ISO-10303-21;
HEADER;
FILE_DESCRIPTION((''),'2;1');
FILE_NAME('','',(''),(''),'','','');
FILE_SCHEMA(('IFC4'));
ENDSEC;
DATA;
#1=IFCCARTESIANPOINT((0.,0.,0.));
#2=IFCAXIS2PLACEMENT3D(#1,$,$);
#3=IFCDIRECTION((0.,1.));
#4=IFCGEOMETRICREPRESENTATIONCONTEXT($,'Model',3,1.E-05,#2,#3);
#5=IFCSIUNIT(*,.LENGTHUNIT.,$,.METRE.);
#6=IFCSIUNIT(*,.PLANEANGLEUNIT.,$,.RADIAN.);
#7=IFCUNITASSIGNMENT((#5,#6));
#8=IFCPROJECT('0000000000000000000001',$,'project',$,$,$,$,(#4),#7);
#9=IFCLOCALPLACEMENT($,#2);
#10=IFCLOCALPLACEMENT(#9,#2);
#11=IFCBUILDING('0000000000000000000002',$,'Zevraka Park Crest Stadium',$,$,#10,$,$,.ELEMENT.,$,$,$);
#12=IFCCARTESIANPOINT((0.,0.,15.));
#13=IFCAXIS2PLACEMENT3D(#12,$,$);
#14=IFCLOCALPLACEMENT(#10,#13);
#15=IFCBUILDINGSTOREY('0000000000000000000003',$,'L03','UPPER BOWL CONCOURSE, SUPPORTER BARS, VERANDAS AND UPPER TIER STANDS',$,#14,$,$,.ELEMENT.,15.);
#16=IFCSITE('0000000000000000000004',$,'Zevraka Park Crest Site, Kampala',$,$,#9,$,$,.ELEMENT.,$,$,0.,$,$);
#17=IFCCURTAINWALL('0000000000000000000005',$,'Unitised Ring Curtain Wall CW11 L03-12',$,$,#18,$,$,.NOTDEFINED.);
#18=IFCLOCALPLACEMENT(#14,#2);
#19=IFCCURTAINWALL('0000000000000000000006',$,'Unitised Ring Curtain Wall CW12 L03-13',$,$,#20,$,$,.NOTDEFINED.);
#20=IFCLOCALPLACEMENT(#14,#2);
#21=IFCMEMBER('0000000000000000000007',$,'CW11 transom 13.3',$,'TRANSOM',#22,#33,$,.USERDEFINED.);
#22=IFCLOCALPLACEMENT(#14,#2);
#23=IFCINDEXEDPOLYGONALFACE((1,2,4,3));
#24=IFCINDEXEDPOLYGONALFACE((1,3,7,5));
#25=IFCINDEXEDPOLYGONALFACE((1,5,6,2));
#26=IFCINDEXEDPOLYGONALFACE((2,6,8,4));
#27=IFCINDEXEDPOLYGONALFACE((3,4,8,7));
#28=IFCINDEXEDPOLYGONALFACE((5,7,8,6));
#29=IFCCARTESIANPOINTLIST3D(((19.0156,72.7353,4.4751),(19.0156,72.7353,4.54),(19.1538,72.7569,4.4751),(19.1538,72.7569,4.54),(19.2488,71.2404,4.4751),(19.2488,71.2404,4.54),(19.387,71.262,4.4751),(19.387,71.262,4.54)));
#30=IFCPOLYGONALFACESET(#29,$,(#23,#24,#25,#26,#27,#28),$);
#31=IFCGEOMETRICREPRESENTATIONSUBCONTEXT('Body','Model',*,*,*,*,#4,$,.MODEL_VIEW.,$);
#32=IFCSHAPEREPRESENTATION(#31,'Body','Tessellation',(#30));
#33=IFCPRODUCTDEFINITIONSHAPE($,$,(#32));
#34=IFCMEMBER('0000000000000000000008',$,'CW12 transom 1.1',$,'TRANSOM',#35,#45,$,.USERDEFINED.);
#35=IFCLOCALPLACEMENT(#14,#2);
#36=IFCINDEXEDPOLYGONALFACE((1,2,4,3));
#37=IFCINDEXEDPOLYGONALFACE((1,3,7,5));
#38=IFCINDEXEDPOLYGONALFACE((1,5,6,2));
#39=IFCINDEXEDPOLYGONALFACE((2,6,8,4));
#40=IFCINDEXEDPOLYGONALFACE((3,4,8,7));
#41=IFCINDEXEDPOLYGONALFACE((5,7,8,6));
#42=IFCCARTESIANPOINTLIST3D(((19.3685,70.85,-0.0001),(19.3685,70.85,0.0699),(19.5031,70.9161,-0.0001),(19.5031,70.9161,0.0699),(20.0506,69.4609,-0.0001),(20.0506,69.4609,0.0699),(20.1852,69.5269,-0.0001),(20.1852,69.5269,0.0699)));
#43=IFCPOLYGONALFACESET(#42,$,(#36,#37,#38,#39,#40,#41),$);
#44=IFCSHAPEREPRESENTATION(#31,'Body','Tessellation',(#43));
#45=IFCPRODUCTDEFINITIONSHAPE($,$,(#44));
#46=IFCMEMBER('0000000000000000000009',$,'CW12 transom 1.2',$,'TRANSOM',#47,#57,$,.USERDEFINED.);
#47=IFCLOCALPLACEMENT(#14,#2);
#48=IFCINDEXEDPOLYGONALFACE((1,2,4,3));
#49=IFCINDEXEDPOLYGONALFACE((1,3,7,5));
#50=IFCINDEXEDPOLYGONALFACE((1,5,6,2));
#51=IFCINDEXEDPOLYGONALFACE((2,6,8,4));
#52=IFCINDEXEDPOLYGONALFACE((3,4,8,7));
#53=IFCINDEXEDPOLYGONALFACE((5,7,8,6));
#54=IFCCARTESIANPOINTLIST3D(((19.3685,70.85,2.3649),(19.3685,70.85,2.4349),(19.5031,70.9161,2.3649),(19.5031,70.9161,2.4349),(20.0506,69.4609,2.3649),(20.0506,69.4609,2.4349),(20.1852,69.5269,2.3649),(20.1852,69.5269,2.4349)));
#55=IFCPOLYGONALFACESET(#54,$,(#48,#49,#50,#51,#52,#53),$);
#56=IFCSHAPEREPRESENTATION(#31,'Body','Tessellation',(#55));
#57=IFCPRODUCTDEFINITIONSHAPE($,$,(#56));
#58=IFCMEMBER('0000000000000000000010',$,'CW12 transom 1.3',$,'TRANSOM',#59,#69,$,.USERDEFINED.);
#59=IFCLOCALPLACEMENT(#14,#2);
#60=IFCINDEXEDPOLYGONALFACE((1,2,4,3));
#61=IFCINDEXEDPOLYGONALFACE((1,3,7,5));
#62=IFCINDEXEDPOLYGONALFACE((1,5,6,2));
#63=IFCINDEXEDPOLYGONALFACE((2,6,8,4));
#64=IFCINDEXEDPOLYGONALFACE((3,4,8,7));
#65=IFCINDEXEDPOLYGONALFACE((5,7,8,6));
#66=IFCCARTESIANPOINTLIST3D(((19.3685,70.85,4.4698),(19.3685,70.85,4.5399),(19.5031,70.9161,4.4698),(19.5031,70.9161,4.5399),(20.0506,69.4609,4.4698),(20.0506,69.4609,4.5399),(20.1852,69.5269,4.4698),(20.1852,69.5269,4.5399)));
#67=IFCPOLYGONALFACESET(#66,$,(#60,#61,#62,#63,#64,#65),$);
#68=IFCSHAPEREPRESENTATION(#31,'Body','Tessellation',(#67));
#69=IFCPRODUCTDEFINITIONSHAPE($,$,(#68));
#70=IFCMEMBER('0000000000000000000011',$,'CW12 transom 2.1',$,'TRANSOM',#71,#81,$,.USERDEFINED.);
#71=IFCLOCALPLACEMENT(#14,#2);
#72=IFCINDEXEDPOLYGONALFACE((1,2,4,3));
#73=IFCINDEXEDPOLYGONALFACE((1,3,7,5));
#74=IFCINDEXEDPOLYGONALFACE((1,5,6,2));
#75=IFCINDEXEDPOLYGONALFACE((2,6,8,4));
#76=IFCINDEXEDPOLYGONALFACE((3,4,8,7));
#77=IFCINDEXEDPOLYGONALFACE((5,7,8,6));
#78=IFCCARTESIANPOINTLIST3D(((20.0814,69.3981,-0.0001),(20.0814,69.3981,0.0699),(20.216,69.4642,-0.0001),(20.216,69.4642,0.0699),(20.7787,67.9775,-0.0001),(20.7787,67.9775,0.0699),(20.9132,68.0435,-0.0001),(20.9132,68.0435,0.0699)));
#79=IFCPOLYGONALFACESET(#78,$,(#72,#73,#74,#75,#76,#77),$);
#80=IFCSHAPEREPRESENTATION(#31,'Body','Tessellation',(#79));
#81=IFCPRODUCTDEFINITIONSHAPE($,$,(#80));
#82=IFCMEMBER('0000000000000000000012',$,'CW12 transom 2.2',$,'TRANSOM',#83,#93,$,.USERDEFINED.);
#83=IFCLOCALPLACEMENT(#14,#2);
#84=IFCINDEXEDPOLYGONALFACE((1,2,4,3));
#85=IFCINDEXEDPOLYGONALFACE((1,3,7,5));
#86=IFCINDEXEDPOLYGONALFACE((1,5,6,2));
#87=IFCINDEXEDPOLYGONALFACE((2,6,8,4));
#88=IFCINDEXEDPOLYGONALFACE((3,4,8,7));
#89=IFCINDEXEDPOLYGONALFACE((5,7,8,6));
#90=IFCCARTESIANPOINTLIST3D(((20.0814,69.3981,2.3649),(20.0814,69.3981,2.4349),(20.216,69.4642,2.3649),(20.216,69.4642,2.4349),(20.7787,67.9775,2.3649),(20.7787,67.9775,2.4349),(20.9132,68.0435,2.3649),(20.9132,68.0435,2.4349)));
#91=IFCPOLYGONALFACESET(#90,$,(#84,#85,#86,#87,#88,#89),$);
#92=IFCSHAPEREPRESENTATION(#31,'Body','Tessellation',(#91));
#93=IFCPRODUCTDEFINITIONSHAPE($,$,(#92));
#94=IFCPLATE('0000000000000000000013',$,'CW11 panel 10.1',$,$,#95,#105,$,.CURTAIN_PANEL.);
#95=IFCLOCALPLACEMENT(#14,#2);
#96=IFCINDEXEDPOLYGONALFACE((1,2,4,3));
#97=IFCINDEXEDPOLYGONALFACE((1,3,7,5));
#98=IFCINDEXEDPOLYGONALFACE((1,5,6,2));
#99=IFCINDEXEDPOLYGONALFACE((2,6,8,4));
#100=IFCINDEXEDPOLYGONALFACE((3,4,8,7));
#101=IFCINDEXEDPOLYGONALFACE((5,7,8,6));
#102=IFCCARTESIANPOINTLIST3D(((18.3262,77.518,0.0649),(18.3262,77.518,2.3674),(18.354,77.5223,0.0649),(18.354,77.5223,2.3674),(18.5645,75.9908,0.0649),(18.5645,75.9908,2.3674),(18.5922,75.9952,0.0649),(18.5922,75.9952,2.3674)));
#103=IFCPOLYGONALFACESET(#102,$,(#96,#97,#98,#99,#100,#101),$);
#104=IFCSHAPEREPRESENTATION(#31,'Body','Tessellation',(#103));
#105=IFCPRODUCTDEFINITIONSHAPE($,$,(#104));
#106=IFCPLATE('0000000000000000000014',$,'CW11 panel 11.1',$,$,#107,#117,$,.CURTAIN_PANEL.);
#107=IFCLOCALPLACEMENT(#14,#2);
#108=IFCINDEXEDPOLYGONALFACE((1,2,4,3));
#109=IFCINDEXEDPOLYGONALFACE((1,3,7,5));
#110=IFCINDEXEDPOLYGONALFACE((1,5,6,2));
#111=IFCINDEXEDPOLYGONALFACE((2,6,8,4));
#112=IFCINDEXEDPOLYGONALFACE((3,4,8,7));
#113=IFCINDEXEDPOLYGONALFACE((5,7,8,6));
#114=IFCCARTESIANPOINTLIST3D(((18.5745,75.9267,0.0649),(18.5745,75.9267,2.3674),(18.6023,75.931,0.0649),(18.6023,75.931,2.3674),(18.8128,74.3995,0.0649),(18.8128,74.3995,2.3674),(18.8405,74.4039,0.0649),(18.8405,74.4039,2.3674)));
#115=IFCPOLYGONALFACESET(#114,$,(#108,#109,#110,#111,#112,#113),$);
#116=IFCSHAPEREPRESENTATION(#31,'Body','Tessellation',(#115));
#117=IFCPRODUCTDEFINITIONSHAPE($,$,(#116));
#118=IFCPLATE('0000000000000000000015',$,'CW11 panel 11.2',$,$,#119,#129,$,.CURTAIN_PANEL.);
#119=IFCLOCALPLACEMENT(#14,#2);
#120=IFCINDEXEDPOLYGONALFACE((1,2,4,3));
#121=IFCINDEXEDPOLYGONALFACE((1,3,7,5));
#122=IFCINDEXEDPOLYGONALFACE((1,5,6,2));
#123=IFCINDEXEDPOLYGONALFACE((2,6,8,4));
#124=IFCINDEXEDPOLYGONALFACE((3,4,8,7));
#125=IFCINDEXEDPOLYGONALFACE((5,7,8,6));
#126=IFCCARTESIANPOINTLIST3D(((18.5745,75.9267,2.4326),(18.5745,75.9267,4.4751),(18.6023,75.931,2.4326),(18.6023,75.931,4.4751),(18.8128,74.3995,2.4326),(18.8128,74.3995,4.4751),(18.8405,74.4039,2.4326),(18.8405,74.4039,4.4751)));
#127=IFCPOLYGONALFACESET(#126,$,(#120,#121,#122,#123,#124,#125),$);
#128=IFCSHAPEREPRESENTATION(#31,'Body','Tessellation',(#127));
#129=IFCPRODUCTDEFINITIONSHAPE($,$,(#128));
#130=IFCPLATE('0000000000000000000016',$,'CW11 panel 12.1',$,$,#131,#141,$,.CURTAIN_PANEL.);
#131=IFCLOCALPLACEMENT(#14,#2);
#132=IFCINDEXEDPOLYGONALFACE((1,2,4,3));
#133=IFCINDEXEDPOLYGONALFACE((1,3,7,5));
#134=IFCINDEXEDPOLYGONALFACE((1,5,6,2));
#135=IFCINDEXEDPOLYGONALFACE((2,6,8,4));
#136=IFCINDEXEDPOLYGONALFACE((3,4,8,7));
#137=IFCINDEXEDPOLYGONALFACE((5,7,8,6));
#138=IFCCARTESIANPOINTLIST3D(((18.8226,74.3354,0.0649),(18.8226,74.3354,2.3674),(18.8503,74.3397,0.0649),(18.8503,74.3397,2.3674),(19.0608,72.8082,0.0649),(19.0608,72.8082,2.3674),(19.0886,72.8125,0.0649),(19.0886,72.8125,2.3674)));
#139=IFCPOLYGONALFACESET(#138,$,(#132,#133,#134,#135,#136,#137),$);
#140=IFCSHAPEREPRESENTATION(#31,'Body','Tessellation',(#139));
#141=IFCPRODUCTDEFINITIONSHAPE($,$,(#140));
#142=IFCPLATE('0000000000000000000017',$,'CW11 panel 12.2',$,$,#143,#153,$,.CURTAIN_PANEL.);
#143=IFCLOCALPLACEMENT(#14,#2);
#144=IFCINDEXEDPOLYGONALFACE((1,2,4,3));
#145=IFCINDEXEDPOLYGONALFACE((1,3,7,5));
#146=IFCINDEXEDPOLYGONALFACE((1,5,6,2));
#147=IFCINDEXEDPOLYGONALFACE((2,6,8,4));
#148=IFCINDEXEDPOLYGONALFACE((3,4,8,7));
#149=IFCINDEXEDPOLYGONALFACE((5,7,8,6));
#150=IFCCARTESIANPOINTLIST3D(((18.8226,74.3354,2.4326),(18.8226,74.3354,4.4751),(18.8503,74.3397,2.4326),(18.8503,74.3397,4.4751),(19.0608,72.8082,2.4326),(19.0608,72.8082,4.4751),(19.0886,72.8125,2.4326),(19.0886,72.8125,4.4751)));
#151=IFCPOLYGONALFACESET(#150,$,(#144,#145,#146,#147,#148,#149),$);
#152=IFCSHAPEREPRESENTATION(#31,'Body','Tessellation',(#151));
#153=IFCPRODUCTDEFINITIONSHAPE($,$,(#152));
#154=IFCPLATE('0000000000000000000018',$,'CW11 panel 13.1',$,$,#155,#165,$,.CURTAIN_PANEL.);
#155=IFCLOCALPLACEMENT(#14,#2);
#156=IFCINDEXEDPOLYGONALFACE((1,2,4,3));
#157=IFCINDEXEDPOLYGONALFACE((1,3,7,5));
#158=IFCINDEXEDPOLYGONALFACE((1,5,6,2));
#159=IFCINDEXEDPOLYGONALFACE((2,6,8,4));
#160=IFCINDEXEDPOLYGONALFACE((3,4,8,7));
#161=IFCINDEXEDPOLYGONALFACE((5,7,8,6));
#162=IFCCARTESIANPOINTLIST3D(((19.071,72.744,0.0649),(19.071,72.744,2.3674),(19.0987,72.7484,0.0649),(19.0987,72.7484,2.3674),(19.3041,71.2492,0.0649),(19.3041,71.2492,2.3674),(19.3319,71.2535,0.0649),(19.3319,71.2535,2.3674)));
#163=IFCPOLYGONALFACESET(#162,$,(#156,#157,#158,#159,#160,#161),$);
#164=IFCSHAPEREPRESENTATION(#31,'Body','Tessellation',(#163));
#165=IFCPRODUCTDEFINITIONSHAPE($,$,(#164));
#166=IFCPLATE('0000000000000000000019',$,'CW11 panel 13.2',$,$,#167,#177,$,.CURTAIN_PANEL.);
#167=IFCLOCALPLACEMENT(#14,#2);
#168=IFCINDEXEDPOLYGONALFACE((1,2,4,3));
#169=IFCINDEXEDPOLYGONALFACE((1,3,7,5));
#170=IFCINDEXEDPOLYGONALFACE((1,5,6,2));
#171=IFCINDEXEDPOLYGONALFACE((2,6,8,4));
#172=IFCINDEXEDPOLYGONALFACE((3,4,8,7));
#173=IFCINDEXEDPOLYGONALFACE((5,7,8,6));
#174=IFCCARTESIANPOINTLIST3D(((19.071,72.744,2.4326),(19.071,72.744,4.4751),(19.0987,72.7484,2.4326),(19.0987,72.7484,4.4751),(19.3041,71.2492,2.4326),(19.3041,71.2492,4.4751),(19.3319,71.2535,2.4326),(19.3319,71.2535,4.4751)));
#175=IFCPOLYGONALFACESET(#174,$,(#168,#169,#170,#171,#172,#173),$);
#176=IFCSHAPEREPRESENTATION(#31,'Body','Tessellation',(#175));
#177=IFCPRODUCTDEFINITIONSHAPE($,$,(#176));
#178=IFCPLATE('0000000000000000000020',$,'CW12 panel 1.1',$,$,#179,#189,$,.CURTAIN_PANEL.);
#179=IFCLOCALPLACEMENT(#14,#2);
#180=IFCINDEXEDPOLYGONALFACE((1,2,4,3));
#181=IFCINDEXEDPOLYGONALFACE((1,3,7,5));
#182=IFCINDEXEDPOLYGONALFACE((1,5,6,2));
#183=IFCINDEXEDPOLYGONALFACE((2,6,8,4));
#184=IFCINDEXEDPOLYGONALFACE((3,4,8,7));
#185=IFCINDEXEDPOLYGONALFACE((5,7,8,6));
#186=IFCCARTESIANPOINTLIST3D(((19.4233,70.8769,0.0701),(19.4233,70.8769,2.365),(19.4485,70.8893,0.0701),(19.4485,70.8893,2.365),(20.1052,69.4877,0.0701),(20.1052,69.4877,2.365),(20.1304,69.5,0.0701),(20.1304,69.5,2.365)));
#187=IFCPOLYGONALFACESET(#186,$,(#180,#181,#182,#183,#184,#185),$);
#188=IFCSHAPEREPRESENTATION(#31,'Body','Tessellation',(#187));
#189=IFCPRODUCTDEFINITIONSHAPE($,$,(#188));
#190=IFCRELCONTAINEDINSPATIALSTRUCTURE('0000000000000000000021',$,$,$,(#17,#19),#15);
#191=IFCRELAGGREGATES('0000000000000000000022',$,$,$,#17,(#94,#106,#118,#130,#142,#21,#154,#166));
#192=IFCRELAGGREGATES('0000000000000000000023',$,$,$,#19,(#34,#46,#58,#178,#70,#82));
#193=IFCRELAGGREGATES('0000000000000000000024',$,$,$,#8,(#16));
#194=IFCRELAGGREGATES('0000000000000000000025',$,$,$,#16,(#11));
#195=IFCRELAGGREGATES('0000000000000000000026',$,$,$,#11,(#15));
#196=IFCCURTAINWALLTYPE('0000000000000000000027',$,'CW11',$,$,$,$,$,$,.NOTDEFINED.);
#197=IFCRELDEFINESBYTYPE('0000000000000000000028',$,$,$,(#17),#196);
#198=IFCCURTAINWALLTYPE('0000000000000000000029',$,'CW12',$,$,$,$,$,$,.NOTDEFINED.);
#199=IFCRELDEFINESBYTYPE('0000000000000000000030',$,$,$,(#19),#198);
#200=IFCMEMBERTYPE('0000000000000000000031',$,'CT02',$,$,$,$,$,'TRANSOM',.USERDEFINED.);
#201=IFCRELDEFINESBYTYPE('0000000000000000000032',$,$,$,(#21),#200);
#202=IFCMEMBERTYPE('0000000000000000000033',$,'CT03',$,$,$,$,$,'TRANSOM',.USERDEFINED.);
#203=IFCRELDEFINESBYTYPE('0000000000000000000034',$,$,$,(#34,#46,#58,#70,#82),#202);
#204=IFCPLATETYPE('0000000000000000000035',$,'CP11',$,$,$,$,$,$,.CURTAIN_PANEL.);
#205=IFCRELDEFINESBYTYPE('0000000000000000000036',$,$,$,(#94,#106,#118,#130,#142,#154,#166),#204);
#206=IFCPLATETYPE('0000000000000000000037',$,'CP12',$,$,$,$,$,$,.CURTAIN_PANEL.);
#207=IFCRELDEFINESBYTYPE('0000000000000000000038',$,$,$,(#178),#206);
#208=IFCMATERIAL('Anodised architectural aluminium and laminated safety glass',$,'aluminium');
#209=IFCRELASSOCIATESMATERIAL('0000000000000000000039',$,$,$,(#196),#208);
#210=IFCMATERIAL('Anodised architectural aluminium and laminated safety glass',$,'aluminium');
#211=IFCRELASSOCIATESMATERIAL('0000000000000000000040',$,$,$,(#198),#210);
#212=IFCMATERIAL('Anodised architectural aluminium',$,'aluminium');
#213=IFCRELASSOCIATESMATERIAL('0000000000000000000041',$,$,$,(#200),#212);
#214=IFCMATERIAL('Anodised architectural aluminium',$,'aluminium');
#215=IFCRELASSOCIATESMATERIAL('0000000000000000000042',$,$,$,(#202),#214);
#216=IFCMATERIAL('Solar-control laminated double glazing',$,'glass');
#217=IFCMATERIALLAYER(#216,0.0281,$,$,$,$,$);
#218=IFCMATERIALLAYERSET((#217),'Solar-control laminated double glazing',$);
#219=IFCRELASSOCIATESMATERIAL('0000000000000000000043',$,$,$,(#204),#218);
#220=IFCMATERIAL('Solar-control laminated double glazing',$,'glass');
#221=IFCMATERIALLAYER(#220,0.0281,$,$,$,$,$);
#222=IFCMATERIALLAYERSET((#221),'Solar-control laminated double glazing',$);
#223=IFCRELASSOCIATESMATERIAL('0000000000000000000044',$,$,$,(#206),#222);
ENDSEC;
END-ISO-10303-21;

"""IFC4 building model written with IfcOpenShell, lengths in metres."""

from ifc_helpers import new_model, si_unit, direction, frame, origin, origin_2d, place, context, subcontext, project, spatial, rectangle, extrude, material, layer, layer_set, material_profile, profile_set, type_object, element, aggregate, save


model = new_model("IFC4")

# Units and contexts
model_context = context("Model", 3, precision=1e-05, world=origin(), true_north=direction((0.0, 1.0)))
body_context = subcontext(model_context, "Body", "Model", "MODEL_VIEW")
ifc_project = project(units=[si_unit("LENGTHUNIT", "METRE"), si_unit("PLANEANGLEUNIT", "RADIAN")], contexts=[model_context])

# Site, building, storey
site_placement = place(None, origin())
site = spatial("IfcSite", under=ifc_project, at=site_placement, Name="Zevraka Park Crest Site, Kampala", CompositionType="ELEMENT", RefElevation=0.0)
building_placement = place(site_placement, origin())
building = spatial("IfcBuilding", under=site, at=building_placement, Name="Zevraka Park Crest Stadium", CompositionType="ELEMENT")
storey_placement = place(building_placement, frame((0.0, 0.0, 15.0)))
storey = spatial("IfcBuildingStorey", under=building, at=storey_placement, Name="L03", Description="UPPER BOWL CONCOURSE, SUPPORTER BARS, VERANDAS AND UPPER TIER STANDS", CompositionType="ELEMENT", Elevation=15.0)

# Curtain walls
ifc_material_1 = material(Name="Anodised architectural aluminium and laminated safety glass", Category="aluminium")
curtain_wall_type_1 = type_object("IfcCurtainWallType", Name="CW11", PredefinedType="NOTDEFINED", material=ifc_material_1)
curtain_wall_1_placement = place(storey_placement, origin())
curtain_wall_1 = element("IfcCurtainWall", 1, at=curtain_wall_1_placement, inside=storey, type_object=curtain_wall_type_1, Name="Unitised Ring Curtain Wall CW11 L03-12", PredefinedType="NOTDEFINED")
ifc_material_2 = material(Name="Anodised architectural aluminium and laminated safety glass", Category="aluminium")
curtain_wall_type_2 = type_object("IfcCurtainWallType", Name="CW12", PredefinedType="NOTDEFINED", material=ifc_material_2)
curtain_wall_2_placement = place(storey_placement, origin())
curtain_wall_2 = element("IfcCurtainWall", 2, at=curtain_wall_2_placement, inside=storey, type_object=curtain_wall_type_2, Name="Unitised Ring Curtain Wall CW12 L03-13", PredefinedType="NOTDEFINED")

# Members
ifc_material_3 = material(Name="Anodised architectural aluminium", Category="aluminium")
ifc_material_profile_1 = material_profile(ifc_material_3, rectangle(XDim=0.1399, YDim=0.0649, at=origin_2d()), Name="ALU TRANSOM 140x65")
ifc_profile_set_1 = profile_set([ifc_material_profile_1], Name="Anodised architectural aluminium")
member_type_1 = type_object("IfcMemberType", Name="CT02", ElementType="TRANSOM", PredefinedType="USERDEFINED", material=ifc_profile_set_1)
member_1_placement = place(storey_placement, frame((19.0847, 72.7461, 4.5076), z_axis=(0.154106, -0.988054, 0.0), x_axis=(0.988054, 0.154106, 0.0)))
member_1 = element("IfcMember", 3, at=member_1_placement, type_object=member_type_1, Name="CW11 transom 13.3", ObjectType="TRANSOM", PredefinedType="USERDEFINED", context=body_context, shape_type="SweptSolid", body=[
    extrude(rectangle(XDim=0.1399, YDim=0.0649, at=origin_2d()), origin(), (0.0, 0.0, 1.0), 1.5129),
])
ifc_material_4 = material(Name="Anodised architectural aluminium", Category="aluminium")
ifc_material_profile_2 = material_profile(ifc_material_4, rectangle(XDim=0.1499, YDim=0.0701, at=origin_2d()), Name="ALU TRANSOM 150x70")
ifc_profile_set_2 = profile_set([ifc_material_profile_2], Name="Anodised architectural aluminium")
member_type_2 = type_object("IfcMemberType", Name="CT03", ElementType="TRANSOM", PredefinedType="USERDEFINED", material=ifc_profile_set_2)
member_2_placement = place(storey_placement, frame((19.4358, 70.8831, 0.0349), z_axis=(0.440766, -0.897622, 0.0), x_axis=(0.897622, 0.440766, 0.0)))
member_2 = element("IfcMember", 4, at=member_2_placement, type_object=member_type_2, Name="CW12 transom 1.1", ObjectType="TRANSOM", PredefinedType="USERDEFINED", context=body_context, shape_type="SweptSolid", body=[
    extrude(rectangle(XDim=0.1499, YDim=0.0701, at=origin_2d()), origin(), (0.0, 0.0, 1.0), 1.5476),
])
member_3_placement = place(storey_placement, frame((19.4358, 70.8831, 2.3999), z_axis=(0.440766, -0.897622, 0.0), x_axis=(0.897622, 0.440766, 0.0)))
member_3 = element("IfcMember", 5, at=member_3_placement, type_object=member_type_2, Name="CW12 transom 1.2", ObjectType="TRANSOM", PredefinedType="USERDEFINED", context=body_context, shape_type="SweptSolid", body=[
    extrude(rectangle(XDim=0.1499, YDim=0.0701, at=origin_2d()), origin(), (0.0, 0.0, 1.0), 1.5476),
])
member_4_placement = place(storey_placement, frame((19.4358, 70.8831, 4.5049), z_axis=(0.440766, -0.897622, 0.0), x_axis=(0.897622, 0.440766, 0.0)))
member_4 = element("IfcMember", 6, at=member_4_placement, type_object=member_type_2, Name="CW12 transom 1.3", ObjectType="TRANSOM", PredefinedType="USERDEFINED", context=body_context, shape_type="SweptSolid", body=[
    extrude(rectangle(XDim=0.1499, YDim=0.0701, at=origin_2d()), origin(), (0.0, 0.0, 1.0), 1.5476),
])
member_5_placement = place(storey_placement, frame((20.1487, 69.4312, 0.0349), z_axis=(0.440599, -0.897704, 0.0), x_axis=(0.897704, 0.440599, 0.0)))
member_5 = element("IfcMember", 7, at=member_5_placement, type_object=member_type_2, Name="CW12 transom 2.1", ObjectType="TRANSOM", PredefinedType="USERDEFINED", context=body_context, shape_type="SweptSolid", body=[
    extrude(rectangle(XDim=0.1499, YDim=0.0701, at=origin_2d()), origin(), (0.0, 0.0, 1.0), 1.5825),
])
member_6_placement = place(storey_placement, frame((20.1487, 69.4312, 2.3999), z_axis=(0.440599, -0.897704, 0.0), x_axis=(0.897704, 0.440599, 0.0)))
member_6 = element("IfcMember", 8, at=member_6_placement, type_object=member_type_2, Name="CW12 transom 2.2", ObjectType="TRANSOM", PredefinedType="USERDEFINED", context=body_context, shape_type="SweptSolid", body=[
    extrude(rectangle(XDim=0.1499, YDim=0.0701, at=origin_2d()), origin(), (0.0, 0.0, 1.0), 1.5825),
])

# Plates
ifc_material_5 = material(Name="Solar-control laminated double glazing", Category="glass")
ifc_layer_1 = layer(ifc_material_5, 0.0281)
ifc_layer_set_1 = layer_set([ifc_layer_1], Name="Solar-control laminated double glazing")
plate_type_1 = type_object("IfcPlateType", Name="CP11", PredefinedType="CURTAIN_PANEL", material=ifc_layer_set_1)
plate_1_placement = place(storey_placement, frame((18.4592, 76.7566, 0.0649), z_axis=(0.0, 0.0, 1.0), x_axis=(0.154128, -0.988051, 0.0)))
plate_1 = element("IfcPlate", 9, at=plate_1_placement, type_object=plate_type_1, Name="CW11 panel 10.1", PredefinedType="CURTAIN_PANEL", context=body_context, shape_type="SweptSolid", body=[
    extrude(rectangle(XDim=1.5457, YDim=0.0281, at=origin_2d()), origin(), (0.0, 0.0, 1.0), 2.3025),
])
plate_2_placement = place(storey_placement, frame((18.7075, 75.1653, 0.0649), z_axis=(0.0, 0.0, 1.0), x_axis=(0.154128, -0.988051, 0.0)))
plate_2 = element("IfcPlate", 10, at=plate_2_placement, type_object=plate_type_1, Name="CW11 panel 11.1", PredefinedType="CURTAIN_PANEL", context=body_context, shape_type="SweptSolid", body=[
    extrude(rectangle(XDim=1.5457, YDim=0.0281, at=origin_2d()), origin(), (0.0, 0.0, 1.0), 2.3025),
])
plate_3_placement = place(storey_placement, frame((18.7075, 75.1653, 2.4326), z_axis=(0.0, 0.0, 1.0), x_axis=(0.154128, -0.988051, 0.0)))
plate_3 = element("IfcPlate", 11, at=plate_3_placement, type_object=plate_type_1, Name="CW11 panel 11.2", PredefinedType="CURTAIN_PANEL", context=body_context, shape_type="SweptSolid", body=[
    extrude(rectangle(XDim=1.5457, YDim=0.0281, at=origin_2d()), origin(), (0.0, 0.0, 1.0), 2.0425),
])
plate_4_placement = place(storey_placement, frame((18.9556, 73.574, 0.0649), z_axis=(0.0, 0.0, 1.0), x_axis=(0.154128, -0.988051, 0.0)))
plate_4 = element("IfcPlate", 12, at=plate_4_placement, type_object=plate_type_1, Name="CW11 panel 12.1", PredefinedType="CURTAIN_PANEL", context=body_context, shape_type="SweptSolid", body=[
    extrude(rectangle(XDim=1.5457, YDim=0.0281, at=origin_2d()), origin(), (0.0, 0.0, 1.0), 2.3025),
])
plate_5_placement = place(storey_placement, frame((18.9556, 73.574, 2.4326), z_axis=(0.0, 0.0, 1.0), x_axis=(0.154128, -0.988051, 0.0)))
plate_5 = element("IfcPlate", 13, at=plate_5_placement, type_object=plate_type_1, Name="CW11 panel 12.2", PredefinedType="CURTAIN_PANEL", context=body_context, shape_type="SweptSolid", body=[
    extrude(rectangle(XDim=1.5457, YDim=0.0281, at=origin_2d()), origin(), (0.0, 0.0, 1.0), 2.0425),
])
plate_6_placement = place(storey_placement, frame((19.2014, 71.9988, 0.0649), z_axis=(0.0, 0.0, 1.0), x_axis=(0.154128, -0.988051, 0.0)))
plate_6 = element("IfcPlate", 14, at=plate_6_placement, type_object=plate_type_1, Name="CW11 panel 13.1", PredefinedType="CURTAIN_PANEL", context=body_context, shape_type="SweptSolid", body=[
    extrude(rectangle(XDim=1.5129, YDim=0.0281, at=origin_2d()), origin(), (0.0, 0.0, 1.0), 2.3025),
])
plate_7_placement = place(storey_placement, frame((19.2014, 71.9988, 2.4326), z_axis=(0.0, 0.0, 1.0), x_axis=(0.154128, -0.988051, 0.0)))
plate_7 = element("IfcPlate", 15, at=plate_7_placement, type_object=plate_type_1, Name="CW11 panel 13.2", PredefinedType="CURTAIN_PANEL", context=body_context, shape_type="SweptSolid", body=[
    extrude(rectangle(XDim=1.5129, YDim=0.0281, at=origin_2d()), origin(), (0.0, 0.0, 1.0), 2.0425),
])
aggregate(curtain_wall_1, [plate_1, plate_2, plate_3, plate_4, plate_5, member_1, plate_6, plate_7])
ifc_material_6 = material(Name="Solar-control laminated double glazing", Category="glass")
ifc_layer_2 = layer(ifc_material_6, 0.0281)
ifc_layer_set_2 = layer_set([ifc_layer_2], Name="Solar-control laminated double glazing")
plate_type_2 = type_object("IfcPlateType", Name="CP12", PredefinedType="CURTAIN_PANEL", material=ifc_layer_set_2)
plate_8_placement = place(storey_placement, frame((19.7769, 70.1885, 0.0701), z_axis=(0.0, 0.0, 1.0), x_axis=(0.440666, -0.897671, 0.0)))
plate_8 = element("IfcPlate", 16, at=plate_8_placement, type_object=plate_type_2, Name="CW12 panel 1.1", PredefinedType="CURTAIN_PANEL", context=body_context, shape_type="SweptSolid", body=[
    extrude(rectangle(XDim=1.5476, YDim=0.0281, at=origin_2d()), origin(), (0.0, 0.0, 1.0), 2.2949),
])
aggregate(curtain_wall_2, [member_2, member_3, member_4, plate_8, member_5, member_6])

save(model, "model.ifc")
